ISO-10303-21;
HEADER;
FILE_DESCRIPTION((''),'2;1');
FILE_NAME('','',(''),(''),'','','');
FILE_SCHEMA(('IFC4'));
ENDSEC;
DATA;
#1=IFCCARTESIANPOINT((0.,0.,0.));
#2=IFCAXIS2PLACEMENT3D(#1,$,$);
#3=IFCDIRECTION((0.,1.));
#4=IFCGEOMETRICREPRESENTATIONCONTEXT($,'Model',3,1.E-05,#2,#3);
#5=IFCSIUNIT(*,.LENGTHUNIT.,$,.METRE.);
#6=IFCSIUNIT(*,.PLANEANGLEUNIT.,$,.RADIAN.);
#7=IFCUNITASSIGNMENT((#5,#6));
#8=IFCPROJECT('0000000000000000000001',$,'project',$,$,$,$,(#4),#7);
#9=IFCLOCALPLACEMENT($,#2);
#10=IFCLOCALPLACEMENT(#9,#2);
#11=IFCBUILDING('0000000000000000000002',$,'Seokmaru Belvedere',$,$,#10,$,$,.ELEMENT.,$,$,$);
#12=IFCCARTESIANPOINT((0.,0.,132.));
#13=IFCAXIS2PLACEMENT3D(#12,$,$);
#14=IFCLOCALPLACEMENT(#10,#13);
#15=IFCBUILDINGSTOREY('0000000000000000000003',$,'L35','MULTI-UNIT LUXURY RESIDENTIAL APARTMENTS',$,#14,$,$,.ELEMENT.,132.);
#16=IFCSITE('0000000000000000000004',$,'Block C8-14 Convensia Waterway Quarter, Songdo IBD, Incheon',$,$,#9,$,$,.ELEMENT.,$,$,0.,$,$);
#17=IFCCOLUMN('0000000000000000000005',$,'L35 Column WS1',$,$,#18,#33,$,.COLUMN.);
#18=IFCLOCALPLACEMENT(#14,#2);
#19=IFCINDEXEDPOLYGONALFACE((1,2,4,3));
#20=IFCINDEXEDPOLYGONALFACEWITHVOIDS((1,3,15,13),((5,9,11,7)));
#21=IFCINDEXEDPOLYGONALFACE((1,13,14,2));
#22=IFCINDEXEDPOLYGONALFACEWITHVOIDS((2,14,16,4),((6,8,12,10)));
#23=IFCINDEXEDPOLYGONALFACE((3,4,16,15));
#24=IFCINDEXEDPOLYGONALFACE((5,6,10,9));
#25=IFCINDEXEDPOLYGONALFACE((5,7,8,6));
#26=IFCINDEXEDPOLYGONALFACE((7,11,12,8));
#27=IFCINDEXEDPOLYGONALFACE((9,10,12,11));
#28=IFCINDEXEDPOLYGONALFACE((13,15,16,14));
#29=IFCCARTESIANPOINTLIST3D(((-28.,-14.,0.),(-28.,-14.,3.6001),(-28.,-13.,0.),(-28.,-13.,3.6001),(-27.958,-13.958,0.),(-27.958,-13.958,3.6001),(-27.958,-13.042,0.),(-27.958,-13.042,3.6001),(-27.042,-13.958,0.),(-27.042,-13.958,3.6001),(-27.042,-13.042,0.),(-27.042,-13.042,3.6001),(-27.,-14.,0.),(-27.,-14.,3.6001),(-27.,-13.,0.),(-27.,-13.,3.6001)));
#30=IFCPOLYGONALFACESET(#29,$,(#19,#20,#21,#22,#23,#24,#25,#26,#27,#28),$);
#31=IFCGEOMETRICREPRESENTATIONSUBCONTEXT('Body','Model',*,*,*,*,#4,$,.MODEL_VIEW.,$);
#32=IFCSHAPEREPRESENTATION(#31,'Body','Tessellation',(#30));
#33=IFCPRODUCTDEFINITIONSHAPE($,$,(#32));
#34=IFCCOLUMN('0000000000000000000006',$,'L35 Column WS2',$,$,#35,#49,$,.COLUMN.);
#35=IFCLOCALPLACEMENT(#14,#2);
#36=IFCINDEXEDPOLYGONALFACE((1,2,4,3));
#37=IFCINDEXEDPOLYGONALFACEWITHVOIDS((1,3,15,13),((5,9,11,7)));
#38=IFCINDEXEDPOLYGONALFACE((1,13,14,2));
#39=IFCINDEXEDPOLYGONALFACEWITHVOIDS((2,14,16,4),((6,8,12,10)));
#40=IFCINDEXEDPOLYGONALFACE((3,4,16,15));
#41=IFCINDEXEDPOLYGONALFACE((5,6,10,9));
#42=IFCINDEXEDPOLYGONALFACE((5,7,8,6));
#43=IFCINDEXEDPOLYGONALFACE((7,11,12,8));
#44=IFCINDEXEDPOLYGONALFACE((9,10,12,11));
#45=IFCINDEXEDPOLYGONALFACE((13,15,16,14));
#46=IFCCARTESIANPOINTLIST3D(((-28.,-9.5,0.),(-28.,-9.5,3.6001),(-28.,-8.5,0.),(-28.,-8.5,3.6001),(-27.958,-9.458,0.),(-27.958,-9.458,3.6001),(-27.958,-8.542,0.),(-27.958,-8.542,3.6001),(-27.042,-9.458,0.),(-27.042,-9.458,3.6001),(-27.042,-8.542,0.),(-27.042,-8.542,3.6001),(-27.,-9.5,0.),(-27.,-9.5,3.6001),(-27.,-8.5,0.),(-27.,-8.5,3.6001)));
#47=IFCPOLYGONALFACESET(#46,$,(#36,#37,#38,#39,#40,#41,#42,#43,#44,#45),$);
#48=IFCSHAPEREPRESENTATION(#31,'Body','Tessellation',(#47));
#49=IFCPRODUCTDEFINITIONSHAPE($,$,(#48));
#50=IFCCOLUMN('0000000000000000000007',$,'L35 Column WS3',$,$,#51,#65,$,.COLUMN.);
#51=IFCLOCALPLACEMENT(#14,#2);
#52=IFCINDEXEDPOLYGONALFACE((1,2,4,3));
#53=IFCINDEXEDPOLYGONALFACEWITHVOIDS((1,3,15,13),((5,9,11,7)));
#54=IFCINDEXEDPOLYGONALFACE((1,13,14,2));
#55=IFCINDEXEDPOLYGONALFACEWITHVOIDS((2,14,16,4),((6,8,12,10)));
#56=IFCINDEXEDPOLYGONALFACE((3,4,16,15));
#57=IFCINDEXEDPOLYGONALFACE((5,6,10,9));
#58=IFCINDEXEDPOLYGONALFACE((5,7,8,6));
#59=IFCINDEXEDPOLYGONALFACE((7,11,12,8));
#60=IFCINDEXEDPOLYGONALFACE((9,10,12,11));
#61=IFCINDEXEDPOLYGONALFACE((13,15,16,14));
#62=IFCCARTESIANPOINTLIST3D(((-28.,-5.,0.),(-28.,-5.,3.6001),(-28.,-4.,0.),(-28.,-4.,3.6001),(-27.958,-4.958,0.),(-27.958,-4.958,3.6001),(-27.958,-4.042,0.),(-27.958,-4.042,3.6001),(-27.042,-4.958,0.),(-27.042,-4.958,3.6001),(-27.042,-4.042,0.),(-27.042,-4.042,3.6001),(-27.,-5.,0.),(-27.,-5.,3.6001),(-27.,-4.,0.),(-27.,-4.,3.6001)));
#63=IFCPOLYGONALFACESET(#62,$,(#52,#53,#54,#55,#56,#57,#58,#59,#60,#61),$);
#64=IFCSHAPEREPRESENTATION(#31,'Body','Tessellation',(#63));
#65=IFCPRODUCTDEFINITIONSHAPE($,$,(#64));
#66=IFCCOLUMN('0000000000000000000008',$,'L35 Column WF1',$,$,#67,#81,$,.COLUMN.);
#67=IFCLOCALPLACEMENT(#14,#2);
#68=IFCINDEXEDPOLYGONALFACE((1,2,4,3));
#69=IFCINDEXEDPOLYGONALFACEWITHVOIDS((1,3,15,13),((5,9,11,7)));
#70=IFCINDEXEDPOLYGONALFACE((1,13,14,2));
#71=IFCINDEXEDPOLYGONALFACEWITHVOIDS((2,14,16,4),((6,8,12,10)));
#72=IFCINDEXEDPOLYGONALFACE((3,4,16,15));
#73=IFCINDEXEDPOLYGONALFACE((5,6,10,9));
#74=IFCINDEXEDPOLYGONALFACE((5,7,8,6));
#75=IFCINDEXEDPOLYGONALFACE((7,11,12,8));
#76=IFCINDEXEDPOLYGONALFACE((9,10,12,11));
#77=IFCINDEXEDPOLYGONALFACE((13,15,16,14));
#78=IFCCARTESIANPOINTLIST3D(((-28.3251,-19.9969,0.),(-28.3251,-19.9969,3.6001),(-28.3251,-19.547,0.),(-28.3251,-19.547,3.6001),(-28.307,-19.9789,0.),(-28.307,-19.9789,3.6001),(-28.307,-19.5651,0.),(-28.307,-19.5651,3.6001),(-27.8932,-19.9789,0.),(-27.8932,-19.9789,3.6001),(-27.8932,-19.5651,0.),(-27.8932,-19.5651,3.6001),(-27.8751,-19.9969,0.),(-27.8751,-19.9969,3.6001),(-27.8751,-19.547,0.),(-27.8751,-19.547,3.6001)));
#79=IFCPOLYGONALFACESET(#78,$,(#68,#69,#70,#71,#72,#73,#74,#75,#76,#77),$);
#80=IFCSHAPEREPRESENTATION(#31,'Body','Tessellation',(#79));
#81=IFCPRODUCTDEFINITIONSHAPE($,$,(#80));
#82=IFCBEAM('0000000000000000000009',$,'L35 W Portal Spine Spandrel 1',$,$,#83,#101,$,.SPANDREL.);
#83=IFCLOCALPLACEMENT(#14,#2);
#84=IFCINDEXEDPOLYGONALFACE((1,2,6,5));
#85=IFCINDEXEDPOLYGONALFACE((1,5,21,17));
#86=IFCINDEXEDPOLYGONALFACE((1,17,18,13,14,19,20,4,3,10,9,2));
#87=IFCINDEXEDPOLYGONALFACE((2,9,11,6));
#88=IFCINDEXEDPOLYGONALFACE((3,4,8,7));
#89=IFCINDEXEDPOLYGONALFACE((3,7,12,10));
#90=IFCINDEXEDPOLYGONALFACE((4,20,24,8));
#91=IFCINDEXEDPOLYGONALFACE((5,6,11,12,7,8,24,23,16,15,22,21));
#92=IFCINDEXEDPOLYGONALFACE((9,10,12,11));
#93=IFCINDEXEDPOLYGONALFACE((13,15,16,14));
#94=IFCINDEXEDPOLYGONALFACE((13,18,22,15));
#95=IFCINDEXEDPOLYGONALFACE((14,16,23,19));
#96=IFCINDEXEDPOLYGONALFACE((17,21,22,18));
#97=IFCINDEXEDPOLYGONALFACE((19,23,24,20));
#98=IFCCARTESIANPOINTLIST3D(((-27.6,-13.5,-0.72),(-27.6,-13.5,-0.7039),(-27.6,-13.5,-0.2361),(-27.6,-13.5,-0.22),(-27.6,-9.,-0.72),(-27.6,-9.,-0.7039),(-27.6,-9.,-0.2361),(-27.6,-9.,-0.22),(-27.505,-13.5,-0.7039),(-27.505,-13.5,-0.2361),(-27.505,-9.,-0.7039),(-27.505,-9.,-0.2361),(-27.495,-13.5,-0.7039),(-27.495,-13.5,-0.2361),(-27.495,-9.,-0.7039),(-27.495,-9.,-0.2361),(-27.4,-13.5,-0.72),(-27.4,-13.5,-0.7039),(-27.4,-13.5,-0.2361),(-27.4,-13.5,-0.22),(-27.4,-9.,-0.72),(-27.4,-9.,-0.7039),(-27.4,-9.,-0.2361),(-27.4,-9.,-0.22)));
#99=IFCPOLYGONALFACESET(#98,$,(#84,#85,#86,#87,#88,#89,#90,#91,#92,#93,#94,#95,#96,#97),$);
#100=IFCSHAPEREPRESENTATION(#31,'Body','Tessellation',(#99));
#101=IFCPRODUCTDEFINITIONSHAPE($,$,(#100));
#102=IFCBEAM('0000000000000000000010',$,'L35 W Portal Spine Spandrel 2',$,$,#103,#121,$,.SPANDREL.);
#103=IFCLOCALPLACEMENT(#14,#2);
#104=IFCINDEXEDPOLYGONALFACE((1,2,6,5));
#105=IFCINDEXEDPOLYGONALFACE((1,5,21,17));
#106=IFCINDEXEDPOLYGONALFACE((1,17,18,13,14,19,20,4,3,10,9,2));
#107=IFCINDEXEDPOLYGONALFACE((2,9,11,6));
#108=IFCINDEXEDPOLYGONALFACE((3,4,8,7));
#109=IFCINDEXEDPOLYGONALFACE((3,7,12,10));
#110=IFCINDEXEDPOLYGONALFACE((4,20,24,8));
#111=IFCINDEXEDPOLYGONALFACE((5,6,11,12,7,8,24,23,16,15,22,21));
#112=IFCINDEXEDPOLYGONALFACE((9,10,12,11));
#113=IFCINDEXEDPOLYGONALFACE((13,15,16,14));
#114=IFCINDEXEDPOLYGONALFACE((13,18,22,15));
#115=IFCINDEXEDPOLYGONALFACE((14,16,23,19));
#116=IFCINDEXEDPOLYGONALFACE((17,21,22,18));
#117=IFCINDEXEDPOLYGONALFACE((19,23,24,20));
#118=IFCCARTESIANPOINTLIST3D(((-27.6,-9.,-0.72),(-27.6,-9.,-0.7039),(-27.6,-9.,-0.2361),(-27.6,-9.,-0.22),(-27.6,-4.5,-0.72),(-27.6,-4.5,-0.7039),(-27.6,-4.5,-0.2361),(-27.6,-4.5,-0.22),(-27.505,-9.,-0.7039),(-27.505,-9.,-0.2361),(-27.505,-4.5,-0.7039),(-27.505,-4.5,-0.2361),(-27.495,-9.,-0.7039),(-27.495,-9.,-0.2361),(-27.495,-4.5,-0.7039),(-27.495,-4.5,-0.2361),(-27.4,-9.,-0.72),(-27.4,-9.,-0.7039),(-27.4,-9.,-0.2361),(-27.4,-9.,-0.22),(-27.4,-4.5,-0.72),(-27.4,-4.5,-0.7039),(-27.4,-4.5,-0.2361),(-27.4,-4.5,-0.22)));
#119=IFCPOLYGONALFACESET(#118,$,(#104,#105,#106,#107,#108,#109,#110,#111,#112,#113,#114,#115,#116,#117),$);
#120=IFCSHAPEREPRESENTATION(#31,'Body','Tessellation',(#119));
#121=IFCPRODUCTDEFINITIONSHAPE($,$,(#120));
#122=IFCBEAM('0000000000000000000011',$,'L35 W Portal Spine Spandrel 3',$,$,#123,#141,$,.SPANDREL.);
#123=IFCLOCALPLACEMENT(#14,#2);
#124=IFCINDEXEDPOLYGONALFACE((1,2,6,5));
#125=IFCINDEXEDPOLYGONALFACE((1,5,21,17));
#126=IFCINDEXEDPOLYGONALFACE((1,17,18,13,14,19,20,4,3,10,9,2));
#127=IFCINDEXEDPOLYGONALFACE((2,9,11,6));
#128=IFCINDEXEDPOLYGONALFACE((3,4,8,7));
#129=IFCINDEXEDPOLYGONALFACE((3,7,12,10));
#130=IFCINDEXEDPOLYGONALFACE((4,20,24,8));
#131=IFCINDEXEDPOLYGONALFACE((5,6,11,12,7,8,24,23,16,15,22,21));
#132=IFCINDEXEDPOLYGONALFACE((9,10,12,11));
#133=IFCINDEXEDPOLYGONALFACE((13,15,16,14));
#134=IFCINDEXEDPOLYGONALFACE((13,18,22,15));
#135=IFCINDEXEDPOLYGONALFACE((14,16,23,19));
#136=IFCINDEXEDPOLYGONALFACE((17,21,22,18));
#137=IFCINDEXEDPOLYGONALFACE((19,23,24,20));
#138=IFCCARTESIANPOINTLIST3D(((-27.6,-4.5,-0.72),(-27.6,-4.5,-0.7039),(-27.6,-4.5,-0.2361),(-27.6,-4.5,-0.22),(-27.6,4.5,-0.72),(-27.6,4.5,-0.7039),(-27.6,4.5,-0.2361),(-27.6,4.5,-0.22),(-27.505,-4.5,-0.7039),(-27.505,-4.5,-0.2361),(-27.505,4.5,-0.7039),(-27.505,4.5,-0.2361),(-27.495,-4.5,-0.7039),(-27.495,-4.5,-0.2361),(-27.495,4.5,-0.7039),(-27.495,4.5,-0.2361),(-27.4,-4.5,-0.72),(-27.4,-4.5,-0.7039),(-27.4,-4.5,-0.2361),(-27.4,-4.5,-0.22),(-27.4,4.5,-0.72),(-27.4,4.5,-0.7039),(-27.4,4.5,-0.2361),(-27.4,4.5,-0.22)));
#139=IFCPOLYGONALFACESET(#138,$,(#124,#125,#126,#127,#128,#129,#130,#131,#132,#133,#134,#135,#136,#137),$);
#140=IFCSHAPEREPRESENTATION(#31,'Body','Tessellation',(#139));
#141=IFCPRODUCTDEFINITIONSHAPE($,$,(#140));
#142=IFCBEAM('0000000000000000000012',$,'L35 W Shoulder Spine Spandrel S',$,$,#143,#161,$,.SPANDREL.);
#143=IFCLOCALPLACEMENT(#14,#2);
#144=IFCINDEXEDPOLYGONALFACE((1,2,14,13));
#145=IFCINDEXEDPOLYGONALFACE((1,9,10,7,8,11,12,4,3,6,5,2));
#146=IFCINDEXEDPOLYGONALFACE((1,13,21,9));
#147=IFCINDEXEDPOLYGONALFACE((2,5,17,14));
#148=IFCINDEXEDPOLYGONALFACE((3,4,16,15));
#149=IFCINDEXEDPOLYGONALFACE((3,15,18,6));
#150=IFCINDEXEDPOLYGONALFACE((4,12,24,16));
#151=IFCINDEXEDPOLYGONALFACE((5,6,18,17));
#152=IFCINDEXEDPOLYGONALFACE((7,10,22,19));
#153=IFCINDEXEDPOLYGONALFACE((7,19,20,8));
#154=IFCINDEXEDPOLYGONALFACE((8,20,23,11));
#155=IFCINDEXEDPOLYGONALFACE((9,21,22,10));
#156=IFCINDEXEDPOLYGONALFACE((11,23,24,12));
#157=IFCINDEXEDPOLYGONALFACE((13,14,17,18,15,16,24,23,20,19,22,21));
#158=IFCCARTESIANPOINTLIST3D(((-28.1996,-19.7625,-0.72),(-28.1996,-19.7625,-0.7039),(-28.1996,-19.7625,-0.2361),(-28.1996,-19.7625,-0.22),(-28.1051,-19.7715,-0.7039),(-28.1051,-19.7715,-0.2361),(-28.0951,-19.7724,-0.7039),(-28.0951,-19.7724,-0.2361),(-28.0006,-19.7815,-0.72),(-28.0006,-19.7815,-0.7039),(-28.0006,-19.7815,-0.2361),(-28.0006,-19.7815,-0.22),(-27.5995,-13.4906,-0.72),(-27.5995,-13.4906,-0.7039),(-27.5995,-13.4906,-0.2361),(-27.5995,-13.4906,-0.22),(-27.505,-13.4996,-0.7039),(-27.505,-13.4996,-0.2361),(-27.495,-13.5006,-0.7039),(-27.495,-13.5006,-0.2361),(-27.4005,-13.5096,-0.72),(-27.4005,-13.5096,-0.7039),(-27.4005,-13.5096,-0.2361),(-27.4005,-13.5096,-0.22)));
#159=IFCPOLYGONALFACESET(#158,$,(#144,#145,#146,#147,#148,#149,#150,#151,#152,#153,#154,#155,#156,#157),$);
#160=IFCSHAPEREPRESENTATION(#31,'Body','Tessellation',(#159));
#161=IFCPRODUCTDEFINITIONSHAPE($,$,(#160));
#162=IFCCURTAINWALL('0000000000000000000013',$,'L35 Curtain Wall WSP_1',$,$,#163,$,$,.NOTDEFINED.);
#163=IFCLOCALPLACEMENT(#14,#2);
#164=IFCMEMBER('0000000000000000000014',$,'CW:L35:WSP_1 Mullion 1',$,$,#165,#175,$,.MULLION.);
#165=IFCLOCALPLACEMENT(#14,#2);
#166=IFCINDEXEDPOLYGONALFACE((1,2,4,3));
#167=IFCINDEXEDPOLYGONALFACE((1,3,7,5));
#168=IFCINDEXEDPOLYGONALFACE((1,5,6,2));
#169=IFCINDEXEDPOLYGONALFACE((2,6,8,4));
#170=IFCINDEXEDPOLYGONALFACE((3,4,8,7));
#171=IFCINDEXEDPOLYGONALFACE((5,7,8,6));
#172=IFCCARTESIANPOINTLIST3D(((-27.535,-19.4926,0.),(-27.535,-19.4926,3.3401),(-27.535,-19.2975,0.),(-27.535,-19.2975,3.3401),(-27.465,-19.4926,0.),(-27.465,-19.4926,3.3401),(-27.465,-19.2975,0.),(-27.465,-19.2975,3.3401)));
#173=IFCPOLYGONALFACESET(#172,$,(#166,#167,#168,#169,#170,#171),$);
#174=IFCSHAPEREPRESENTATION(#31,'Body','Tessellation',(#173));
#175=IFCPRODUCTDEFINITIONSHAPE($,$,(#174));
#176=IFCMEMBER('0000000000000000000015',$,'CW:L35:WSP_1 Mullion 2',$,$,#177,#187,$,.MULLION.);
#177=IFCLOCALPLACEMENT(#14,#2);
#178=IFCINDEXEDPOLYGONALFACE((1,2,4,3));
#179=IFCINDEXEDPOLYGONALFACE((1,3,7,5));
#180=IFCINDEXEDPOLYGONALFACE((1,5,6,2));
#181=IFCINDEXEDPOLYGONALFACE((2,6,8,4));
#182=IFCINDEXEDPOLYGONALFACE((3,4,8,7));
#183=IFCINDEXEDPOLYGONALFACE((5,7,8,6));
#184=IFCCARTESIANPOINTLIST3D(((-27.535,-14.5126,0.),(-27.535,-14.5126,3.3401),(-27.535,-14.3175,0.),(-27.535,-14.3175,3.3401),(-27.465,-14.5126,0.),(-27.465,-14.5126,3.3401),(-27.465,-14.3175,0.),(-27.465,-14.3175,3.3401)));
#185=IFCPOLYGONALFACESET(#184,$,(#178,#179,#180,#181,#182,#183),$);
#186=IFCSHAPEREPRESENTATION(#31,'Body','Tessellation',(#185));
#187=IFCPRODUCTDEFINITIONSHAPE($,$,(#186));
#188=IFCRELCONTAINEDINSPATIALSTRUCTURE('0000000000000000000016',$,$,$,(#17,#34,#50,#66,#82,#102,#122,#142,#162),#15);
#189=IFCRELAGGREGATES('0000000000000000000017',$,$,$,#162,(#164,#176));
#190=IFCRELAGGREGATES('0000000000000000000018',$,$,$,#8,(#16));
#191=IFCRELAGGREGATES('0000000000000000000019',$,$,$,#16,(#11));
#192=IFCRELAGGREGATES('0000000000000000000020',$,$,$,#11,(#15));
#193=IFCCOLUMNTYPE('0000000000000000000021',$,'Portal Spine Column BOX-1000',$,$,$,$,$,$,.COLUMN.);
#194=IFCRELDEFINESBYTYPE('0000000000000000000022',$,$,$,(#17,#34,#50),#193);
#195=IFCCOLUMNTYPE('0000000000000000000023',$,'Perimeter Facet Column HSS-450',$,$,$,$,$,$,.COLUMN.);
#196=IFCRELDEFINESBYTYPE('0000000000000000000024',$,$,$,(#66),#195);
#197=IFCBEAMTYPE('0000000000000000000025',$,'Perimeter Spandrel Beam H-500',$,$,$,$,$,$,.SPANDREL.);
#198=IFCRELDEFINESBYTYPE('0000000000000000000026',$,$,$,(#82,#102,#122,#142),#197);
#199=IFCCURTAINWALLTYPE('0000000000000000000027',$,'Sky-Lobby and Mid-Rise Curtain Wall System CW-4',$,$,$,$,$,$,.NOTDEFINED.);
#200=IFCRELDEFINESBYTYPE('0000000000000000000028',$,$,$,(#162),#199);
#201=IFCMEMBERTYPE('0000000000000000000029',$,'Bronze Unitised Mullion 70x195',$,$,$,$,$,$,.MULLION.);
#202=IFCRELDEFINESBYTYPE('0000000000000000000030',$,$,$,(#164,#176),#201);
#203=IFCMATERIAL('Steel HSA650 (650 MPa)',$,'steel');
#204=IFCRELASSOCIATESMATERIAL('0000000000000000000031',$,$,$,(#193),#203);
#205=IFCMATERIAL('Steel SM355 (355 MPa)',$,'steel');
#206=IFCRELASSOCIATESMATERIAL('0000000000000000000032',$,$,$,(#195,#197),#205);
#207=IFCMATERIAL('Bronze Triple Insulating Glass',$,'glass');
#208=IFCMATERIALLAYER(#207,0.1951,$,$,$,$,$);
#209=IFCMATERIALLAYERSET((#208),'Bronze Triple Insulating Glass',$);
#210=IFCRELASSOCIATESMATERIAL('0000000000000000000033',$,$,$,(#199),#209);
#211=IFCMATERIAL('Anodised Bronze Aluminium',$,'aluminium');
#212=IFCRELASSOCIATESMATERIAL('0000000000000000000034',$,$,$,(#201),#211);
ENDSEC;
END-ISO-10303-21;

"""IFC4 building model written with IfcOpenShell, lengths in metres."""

from ifc_helpers import new_model, si_unit, direction, frame, origin, origin_2d, place, context, subcontext, project, spatial, rectangle, hollow_rectangle, i_section, extrude, source, transform, mapped, material, layer, layer_set, material_profile, profile_set, type_object, type_shapes, element, aggregate, save


model = new_model("IFC4")

# Units and contexts
model_context = context("Model", 3, precision=1e-05, world=origin(), true_north=direction((0.0, 1.0)))
body_context = subcontext(model_context, "Body", "Model", "MODEL_VIEW")
ifc_project = project(units=[si_unit("LENGTHUNIT", "METRE"), si_unit("PLANEANGLEUNIT", "RADIAN")], contexts=[model_context])

# Site, building, storey
site_placement = place(None, origin())
site = spatial("IfcSite", under=ifc_project, at=site_placement, Name="Block C8-14 Convensia Waterway Quarter, Songdo IBD, Incheon", CompositionType="ELEMENT", RefElevation=0.0)
building_placement = place(site_placement, origin())
building = spatial("IfcBuilding", under=site, at=building_placement, Name="Seokmaru Belvedere", CompositionType="ELEMENT")
storey_placement = place(building_placement, frame((0.0, 0.0, 132.0)))
storey = spatial("IfcBuildingStorey", under=building, at=storey_placement, Name="L35", Description="MULTI-UNIT LUXURY RESIDENTIAL APARTMENTS", CompositionType="ELEMENT", Elevation=132.0)

# Columns
ifc_material_1 = material(Name="Steel HSA650 (650 MPa)", Category="steel")
ifc_material_profile_1 = material_profile(ifc_material_1, hollow_rectangle(XDim=1.0, YDim=1.0, WallThickness=0.042, at=origin_2d()), Name="BOX-1000x1000x42")
ifc_profile_set_1 = profile_set([ifc_material_profile_1], Name="Steel HSA650 (650 MPa)")
column_type_1 = type_object("IfcColumnType", Name="Portal Spine Column BOX-1000", PredefinedType="COLUMN", material=ifc_profile_set_1)
shared_shape_1 = source(origin(), body_context, "Body", "SweptSolid", [
    extrude(hollow_rectangle(XDim=1.0, YDim=1.0, WallThickness=0.042, at=origin_2d()), origin(), (0.0, 0.0, 1.0), 3.6001),
])
type_shapes(column_type_1, [shared_shape_1])
for number, where, z_axis, x_axis, name in (
    (1, (-27.5, -13.5, 0.0), (0.0, 0.0, 1.0), (1.0, 0.0, 0.0), "L35 Column WS1"),
    (2, (-27.5, -9.0, 0.0), (0.0, 0.0, 1.0), (1.0, 0.0, 0.0), "L35 Column WS2"),
    (3, (-27.5, -4.5, 0.0), (0.0, 0.0, 1.0), (1.0, 0.0, 0.0), "L35 Column WS3"),
):
    element("IfcColumn", number, at=place(storey_placement, frame(where, z_axis=z_axis, x_axis=x_axis)), inside=storey, type_object=column_type_1, Name=name, PredefinedType="COLUMN", context=body_context, shape_type="MappedRepresentation", body=[
        mapped(shared_shape_1, transform((0.0, 0.0, 0.0), scale=1.0)),
    ])
ifc_material_2 = material(Name="Steel SM355 (355 MPa)", Category="steel")
ifc_material_profile_2 = material_profile(ifc_material_2, hollow_rectangle(XDim=0.45, YDim=0.45, WallThickness=0.0181, at=origin_2d()), Name="HSS-450x450x18")
ifc_profile_set_2 = profile_set([ifc_material_profile_2], Name="Steel SM355 (355 MPa)")
column_type_2 = type_object("IfcColumnType", Name="Perimeter Facet Column HSS-450", PredefinedType="COLUMN", material=ifc_profile_set_2)
shared_shape_2 = source(origin(), body_context, "Body", "SweptSolid", [
    extrude(hollow_rectangle(XDim=0.45, YDim=0.45, WallThickness=0.0181, at=origin_2d()), origin(), (0.0, 0.0, 1.0), 3.6001),
])
type_shapes(column_type_2, [shared_shape_2])
column_placement = place(storey_placement, frame((-28.1001, -19.772, 0.0), z_axis=(0.0, 0.0, 1.0), x_axis=(1.0, 0.0, 0.0)))
element("IfcColumn", 4, at=column_placement, inside=storey, type_object=column_type_2, Name="L35 Column WF1", PredefinedType="COLUMN", context=body_context, shape_type="MappedRepresentation", body=[
    mapped(shared_shape_2, transform((0.0, 0.0, 0.0), scale=1.0)),
])

# Beams
ifc_material_profile_3 = material_profile(ifc_material_2, i_section(OverallWidth=0.2, OverallDepth=0.5, WebThickness=0.01, FlangeThickness=0.0161, at=origin_2d()), Name="H-500x200x10x16")
ifc_profile_set_3 = profile_set([ifc_material_profile_3], Name="Steel SM355 (355 MPa)")
beam_type = type_object("IfcBeamType", Name="Perimeter Spandrel Beam H-500", PredefinedType="SPANDREL", material=ifc_profile_set_3)
shared_shape_3 = source(origin(), body_context, "Body", "SweptSolid", [
    extrude(i_section(OverallWidth=0.2, OverallDepth=0.5, WebThickness=0.01, FlangeThickness=0.0161, at=origin_2d()), origin(), (0.0, 0.0, 1.0), 4.5),
])
for number, where, z_axis, x_axis, name in (
    (5, (-27.5, -13.5, -0.47), (0.0, 1.0, 0.0), (-1.0, 0.0, 0.0), "L35 W Portal Spine Spandrel 1"),
    (6, (-27.5, -9.0, -0.47), (0.0, 1.0, 0.0), (-1.0, 0.0, 0.0), "L35 W Portal Spine Spandrel 2"),
):
    element("IfcBeam", number, at=place(storey_placement, frame(where, z_axis=z_axis, x_axis=x_axis)), inside=storey, type_object=beam_type, Name=name, PredefinedType="SPANDREL", context=body_context, shape_type="MappedRepresentation", body=[
        mapped(shared_shape_3, transform((0.0, 0.0, 0.0), scale=1.0)),
    ])
shared_shape_4 = source(origin(), body_context, "Body", "SweptSolid", [
    extrude(i_section(OverallWidth=0.2, OverallDepth=0.5, WebThickness=0.01, FlangeThickness=0.0161, at=origin_2d()), origin(), (0.0, 0.0, 1.0), 9.0),
])
beam_1_placement = place(storey_placement, frame((-27.5, -4.5, -0.47), z_axis=(0.0, 1.0, 0.0), x_axis=(-1.0, 0.0, 0.0)))
element("IfcBeam", 7, at=beam_1_placement, inside=storey, type_object=beam_type, Name="L35 W Portal Spine Spandrel 3", PredefinedType="SPANDREL", context=body_context, shape_type="MappedRepresentation", body=[
    mapped(shared_shape_4, transform((0.0, 0.0, 0.0), scale=1.0)),
])
shared_shape_5 = source(origin(), body_context, "Body", "SweptSolid", [
    extrude(i_section(OverallWidth=0.2, OverallDepth=0.5, WebThickness=0.01, FlangeThickness=0.0161, at=origin_2d()), origin(), (0.0, 0.0, 1.0), 6.3005),
])
type_shapes(beam_type, [shared_shape_3, shared_shape_4, shared_shape_5])
beam_2_placement = place(storey_placement, frame((-28.1001, -19.772, -0.47), z_axis=(0.095244, 0.995454, 0.0), x_axis=(-0.995454, 0.095244, 0.0)))
element("IfcBeam", 8, at=beam_2_placement, inside=storey, type_object=beam_type, Name="L35 W Shoulder Spine Spandrel S", PredefinedType="SPANDREL", context=body_context, shape_type="MappedRepresentation", body=[
    mapped(shared_shape_5, transform((0.0, 0.0, 0.0), scale=1.0)),
])

# Curtain wall, members
ifc_material_3 = material(Name="Bronze Triple Insulating Glass", Category="glass")
ifc_layer_1 = layer(ifc_material_3, 0.1951)
ifc_layer_set_1 = layer_set([ifc_layer_1], Name="Bronze Triple Insulating Glass")
curtain_wall_type = type_object("IfcCurtainWallType", Name="Sky-Lobby and Mid-Rise Curtain Wall System CW-4", PredefinedType="NOTDEFINED", material=ifc_layer_set_1)
curtain_wall_1_placement = place(storey_placement, origin())
curtain_wall_1 = element("IfcCurtainWall", 9, at=curtain_wall_1_placement, inside=storey, type_object=curtain_wall_type, Name="L35 Curtain Wall WSP_1", PredefinedType="NOTDEFINED")
ifc_material_4 = material(Name="Anodised Bronze Aluminium", Category="aluminium")
ifc_material_profile_4 = material_profile(ifc_material_4, rectangle(XDim=0.0701, YDim=0.1951, at=origin_2d()), Name="CW-M-70x195")
ifc_profile_set_4 = profile_set([ifc_material_profile_4], Name="Anodised Bronze Aluminium")
member_type_1 = type_object("IfcMemberType", Name="Bronze Unitised Mullion 70x195", PredefinedType="MULLION", material=ifc_profile_set_4)
shared_shape_6 = source(origin(), body_context, "Body", "SweptSolid", [
    extrude(rectangle(XDim=0.0701, YDim=0.1951, at=origin_2d()), origin(), (0.0, 0.0, 1.0), 3.3401),
])
type_shapes(member_type_1, [shared_shape_6])
member_1_placement = place(storey_placement, frame((-27.5, -19.395, 0.0), z_axis=(0.0, 0.0, 1.0), x_axis=(-1.0, 0.0, 0.0)))
member_1 = element("IfcMember", 10, at=member_1_placement, type_object=member_type_1, Name="CW:L35:WSP_1 Mullion 1", PredefinedType="MULLION", context=body_context, shape_type="MappedRepresentation", body=[
    mapped(shared_shape_6, transform((0.0, 0.0, 0.0), scale=1.0)),
])
member_2_placement = place(storey_placement, frame((-27.5, -14.415, 0.0), z_axis=(0.0, 0.0, 1.0), x_axis=(-1.0, 0.0, 0.0)))
member_2 = element("IfcMember", 11, at=member_2_placement, type_object=member_type_1, Name="CW:L35:WSP_1 Mullion 2", PredefinedType="MULLION", context=body_context, shape_type="MappedRepresentation", body=[
    mapped(shared_shape_6, transform((0.0, 0.0, 0.0), scale=1.0)),
])

aggregate(curtain_wall_1, [member_1, member_2])

save(model, "model.ifc")
